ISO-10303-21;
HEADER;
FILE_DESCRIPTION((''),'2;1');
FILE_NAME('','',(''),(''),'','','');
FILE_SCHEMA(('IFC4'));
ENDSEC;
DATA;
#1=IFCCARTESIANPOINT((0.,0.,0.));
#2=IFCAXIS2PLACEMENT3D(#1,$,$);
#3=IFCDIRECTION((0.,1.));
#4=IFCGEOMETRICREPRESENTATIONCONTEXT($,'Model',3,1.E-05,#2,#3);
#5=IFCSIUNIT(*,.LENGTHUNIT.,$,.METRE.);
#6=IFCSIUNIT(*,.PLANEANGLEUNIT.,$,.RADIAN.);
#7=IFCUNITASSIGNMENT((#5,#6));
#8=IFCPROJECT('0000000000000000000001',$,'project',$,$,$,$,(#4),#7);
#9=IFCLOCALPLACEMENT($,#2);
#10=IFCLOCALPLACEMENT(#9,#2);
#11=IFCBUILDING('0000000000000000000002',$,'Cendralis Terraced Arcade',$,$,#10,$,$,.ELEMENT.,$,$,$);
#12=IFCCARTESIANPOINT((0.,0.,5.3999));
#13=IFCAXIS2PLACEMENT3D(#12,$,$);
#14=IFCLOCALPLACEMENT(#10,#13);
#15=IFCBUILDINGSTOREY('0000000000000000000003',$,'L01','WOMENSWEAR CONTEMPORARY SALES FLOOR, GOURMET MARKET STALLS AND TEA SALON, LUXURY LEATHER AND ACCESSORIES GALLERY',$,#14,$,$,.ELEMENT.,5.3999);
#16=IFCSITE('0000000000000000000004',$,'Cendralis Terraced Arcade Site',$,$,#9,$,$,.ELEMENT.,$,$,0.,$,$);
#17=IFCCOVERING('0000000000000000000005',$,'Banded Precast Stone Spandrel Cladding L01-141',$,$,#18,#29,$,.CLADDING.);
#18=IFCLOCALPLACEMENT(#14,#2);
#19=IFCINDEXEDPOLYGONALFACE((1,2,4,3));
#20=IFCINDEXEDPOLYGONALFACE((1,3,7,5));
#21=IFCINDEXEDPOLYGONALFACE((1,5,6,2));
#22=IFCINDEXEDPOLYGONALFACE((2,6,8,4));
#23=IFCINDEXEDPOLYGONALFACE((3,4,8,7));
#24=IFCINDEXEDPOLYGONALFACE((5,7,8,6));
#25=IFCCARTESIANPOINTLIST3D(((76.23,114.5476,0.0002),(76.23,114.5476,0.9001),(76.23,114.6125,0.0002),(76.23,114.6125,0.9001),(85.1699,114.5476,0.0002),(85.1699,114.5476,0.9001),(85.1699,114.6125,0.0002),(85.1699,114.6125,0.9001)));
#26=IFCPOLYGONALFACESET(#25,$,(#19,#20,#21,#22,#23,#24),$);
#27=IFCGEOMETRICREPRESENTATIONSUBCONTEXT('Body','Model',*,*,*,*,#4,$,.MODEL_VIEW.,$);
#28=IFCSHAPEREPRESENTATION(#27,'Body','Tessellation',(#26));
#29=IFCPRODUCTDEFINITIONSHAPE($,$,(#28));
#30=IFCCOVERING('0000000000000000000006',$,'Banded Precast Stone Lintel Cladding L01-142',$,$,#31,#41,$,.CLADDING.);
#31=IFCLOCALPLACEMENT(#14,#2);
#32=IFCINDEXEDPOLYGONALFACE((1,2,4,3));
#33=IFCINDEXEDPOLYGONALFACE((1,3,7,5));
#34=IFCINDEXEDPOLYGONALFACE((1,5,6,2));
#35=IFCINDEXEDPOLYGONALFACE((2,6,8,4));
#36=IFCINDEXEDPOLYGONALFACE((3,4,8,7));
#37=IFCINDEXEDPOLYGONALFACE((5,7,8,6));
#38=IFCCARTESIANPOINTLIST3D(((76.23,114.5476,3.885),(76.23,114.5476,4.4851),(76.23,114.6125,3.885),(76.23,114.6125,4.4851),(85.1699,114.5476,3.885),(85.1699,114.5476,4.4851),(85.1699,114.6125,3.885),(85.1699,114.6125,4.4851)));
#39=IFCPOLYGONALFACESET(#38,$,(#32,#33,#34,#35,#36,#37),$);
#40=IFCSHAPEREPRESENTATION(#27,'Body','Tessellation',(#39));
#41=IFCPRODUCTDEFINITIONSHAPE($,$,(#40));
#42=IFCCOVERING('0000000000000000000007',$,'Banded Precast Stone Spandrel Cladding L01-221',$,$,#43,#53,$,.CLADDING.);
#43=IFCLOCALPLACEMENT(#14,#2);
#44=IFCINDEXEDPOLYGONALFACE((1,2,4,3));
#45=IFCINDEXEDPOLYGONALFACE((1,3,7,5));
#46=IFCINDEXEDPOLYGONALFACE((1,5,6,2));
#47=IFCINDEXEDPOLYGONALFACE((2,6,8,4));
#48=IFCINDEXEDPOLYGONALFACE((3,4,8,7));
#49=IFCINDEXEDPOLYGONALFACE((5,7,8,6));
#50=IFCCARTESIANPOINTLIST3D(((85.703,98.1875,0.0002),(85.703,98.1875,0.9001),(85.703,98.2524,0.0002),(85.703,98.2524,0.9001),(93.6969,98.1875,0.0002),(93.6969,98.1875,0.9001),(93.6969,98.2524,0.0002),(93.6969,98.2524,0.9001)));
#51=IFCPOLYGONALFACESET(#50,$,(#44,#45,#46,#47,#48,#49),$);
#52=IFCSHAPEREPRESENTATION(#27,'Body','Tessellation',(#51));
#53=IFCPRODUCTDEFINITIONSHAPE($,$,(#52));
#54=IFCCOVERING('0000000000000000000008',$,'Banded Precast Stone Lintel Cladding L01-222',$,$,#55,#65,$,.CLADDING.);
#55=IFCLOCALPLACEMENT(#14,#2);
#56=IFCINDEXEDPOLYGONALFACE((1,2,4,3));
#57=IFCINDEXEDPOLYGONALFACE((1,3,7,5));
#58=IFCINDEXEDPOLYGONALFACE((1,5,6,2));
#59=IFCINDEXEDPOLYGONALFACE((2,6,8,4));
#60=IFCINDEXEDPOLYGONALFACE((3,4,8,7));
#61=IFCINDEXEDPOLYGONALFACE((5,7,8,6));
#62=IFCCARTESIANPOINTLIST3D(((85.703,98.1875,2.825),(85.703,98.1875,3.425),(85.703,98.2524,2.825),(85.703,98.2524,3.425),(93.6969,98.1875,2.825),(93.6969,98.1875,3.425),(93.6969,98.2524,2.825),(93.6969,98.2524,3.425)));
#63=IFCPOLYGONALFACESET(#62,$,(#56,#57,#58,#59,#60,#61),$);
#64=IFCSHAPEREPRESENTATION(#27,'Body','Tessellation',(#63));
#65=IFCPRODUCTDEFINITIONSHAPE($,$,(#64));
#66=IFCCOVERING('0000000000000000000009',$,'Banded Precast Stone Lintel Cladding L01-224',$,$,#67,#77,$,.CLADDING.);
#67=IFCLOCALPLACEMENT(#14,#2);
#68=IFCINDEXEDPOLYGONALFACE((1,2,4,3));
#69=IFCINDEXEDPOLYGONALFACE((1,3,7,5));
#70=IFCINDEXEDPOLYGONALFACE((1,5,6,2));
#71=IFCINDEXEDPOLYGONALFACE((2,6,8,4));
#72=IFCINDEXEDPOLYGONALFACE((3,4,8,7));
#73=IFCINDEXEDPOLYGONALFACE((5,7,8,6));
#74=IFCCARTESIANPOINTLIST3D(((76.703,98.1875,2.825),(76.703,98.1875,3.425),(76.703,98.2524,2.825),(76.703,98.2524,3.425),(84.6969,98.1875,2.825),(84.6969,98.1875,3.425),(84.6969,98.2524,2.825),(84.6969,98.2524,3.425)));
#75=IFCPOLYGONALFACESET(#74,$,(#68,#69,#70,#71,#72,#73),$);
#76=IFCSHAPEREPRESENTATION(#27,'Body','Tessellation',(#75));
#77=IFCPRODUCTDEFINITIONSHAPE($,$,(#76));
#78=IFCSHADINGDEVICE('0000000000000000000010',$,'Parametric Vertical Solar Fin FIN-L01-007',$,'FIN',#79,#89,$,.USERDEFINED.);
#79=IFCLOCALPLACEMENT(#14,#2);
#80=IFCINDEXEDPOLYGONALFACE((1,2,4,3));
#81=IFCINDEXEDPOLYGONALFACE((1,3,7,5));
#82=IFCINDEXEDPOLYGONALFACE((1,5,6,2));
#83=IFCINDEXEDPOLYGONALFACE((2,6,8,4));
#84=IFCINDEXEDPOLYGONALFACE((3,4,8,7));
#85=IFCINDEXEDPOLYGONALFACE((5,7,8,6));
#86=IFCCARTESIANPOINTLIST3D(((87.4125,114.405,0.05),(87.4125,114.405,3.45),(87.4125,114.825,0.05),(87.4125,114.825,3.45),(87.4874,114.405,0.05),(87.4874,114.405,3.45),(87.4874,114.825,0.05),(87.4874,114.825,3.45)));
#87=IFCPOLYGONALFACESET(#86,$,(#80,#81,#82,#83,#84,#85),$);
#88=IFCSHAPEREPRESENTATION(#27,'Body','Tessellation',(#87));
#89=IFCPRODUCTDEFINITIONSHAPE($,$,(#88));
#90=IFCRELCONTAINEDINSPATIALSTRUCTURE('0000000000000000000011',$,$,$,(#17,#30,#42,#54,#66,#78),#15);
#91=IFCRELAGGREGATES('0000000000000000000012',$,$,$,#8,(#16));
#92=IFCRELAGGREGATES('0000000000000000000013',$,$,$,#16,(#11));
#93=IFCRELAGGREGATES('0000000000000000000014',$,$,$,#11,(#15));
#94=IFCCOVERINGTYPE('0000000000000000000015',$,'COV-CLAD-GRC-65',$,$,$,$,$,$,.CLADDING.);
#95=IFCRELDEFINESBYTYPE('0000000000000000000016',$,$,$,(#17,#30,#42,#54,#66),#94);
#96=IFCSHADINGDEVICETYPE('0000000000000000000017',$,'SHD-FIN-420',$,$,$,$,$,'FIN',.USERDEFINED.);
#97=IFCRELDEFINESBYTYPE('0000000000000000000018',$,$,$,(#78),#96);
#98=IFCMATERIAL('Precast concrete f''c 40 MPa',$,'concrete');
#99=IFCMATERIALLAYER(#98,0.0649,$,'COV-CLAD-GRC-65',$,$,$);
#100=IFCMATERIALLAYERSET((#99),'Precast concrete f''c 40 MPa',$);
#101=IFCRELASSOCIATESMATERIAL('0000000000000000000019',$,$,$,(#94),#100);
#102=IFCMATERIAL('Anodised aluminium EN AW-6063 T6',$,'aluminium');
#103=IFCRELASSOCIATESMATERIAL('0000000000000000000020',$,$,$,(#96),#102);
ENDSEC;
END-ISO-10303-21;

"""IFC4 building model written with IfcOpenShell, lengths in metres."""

from ifc_helpers import new_model, si_unit, direction, frame, origin, origin_2d, place, context, subcontext, project, spatial, rectangle, extrude, material, layer, layer_set, type_object, element, save


model = new_model("IFC4")

# Units and contexts
model_context = context("Model", 3, precision=1e-05, world=origin(), true_north=direction((0.0, 1.0)))
body_context = subcontext(model_context, "Body", "Model", "MODEL_VIEW")
ifc_project = project(units=[si_unit("LENGTHUNIT", "METRE"), si_unit("PLANEANGLEUNIT", "RADIAN")], contexts=[model_context])

# Site, building, storey
site_placement = place(None, origin())
site = spatial("IfcSite", under=ifc_project, at=site_placement, Name="Cendralis Terraced Arcade Site", CompositionType="ELEMENT", RefElevation=0.0)
building_placement = place(site_placement, origin())
building = spatial("IfcBuilding", under=site, at=building_placement, Name="Cendralis Terraced Arcade", CompositionType="ELEMENT")
storey_placement = place(building_placement, frame((0.0, 0.0, 5.3999)))
storey = spatial("IfcBuildingStorey", under=building, at=storey_placement, Name="L01", Description="WOMENSWEAR CONTEMPORARY SALES FLOOR, GOURMET MARKET STALLS AND TEA SALON, LUXURY LEATHER AND ACCESSORIES GALLERY", CompositionType="ELEMENT", Elevation=5.3999)

# Shared definitions
ifc_material_1 = material(Name="Anodised aluminium EN AW-6063 T6", Category="aluminium")

# Shared definitions
ifc_material_2 = material(Name="Precast concrete f'c 40 MPa", Category="concrete")

# Coverings
ifc_layer_1 = layer(ifc_material_2, 0.0649, Name="COV-CLAD-GRC-65")
ifc_layer_set_1 = layer_set([ifc_layer_1], Name="Precast concrete f'c 40 MPa")
covering_type = type_object("IfcCoveringType", Name="COV-CLAD-GRC-65", PredefinedType="CLADDING", material=ifc_layer_set_1)
covering_1_placement = place(storey_placement, frame((80.7, 114.5801, 0.0002), z_axis=(0.0, 0.0, 1.0), x_axis=(1.0, 0.0, 0.0)))
element("IfcCovering", 1, at=covering_1_placement, inside=storey, type_object=covering_type, Name="Banded Precast Stone Spandrel Cladding L01-141", PredefinedType="CLADDING", context=body_context, shape_type="SweptSolid", body=[
    extrude(rectangle(XDim=8.9399, YDim=0.0649, at=origin_2d()), origin(), (0.0, 0.0, 1.0), 0.8999),
])
covering_2_placement = place(storey_placement, frame((80.7, 114.5801, 3.885), z_axis=(0.0, 0.0, 1.0), x_axis=(1.0, 0.0, 0.0)))
element("IfcCovering", 2, at=covering_2_placement, inside=storey, type_object=covering_type, Name="Banded Precast Stone Lintel Cladding L01-142", PredefinedType="CLADDING", context=body_context, shape_type="SweptSolid", body=[
    extrude(rectangle(XDim=8.9399, YDim=0.0649, at=origin_2d()), origin(), (0.0, 0.0, 1.0), 0.6001),
])
covering_3_placement = place(storey_placement, frame((89.7, 98.22, 0.0002), z_axis=(0.0, 0.0, 1.0), x_axis=(-1.0, 0.0, 0.0)))
element("IfcCovering", 3, at=covering_3_placement, inside=storey, type_object=covering_type, Name="Banded Precast Stone Spandrel Cladding L01-221", PredefinedType="CLADDING", context=body_context, shape_type="SweptSolid", body=[
    extrude(rectangle(XDim=7.9939, YDim=0.0649, at=origin_2d()), origin(), (0.0, 0.0, 1.0), 0.8999),
])
for number, where, z_axis, x_axis, name in (
    (4, (89.7, 98.22, 2.825), (0.0, 0.0, 1.0), (-1.0, 0.0, 0.0), "Banded Precast Stone Lintel Cladding L01-222"),
    (5, (80.7, 98.22, 2.825), (0.0, 0.0, 1.0), (-1.0, 0.0, 0.0), "Banded Precast Stone Lintel Cladding L01-224"),
):
    element("IfcCovering", number, at=place(storey_placement, frame(where, z_axis=z_axis, x_axis=x_axis)), inside=storey, type_object=covering_type, Name=name, PredefinedType="CLADDING", context=body_context, shape_type="SweptSolid", body=[
        extrude(rectangle(XDim=7.9939, YDim=0.0649, at=origin_2d()), origin(), (0.0, 0.0, 1.0), 0.6001),
    ])

# Shading device
shading_device_type = type_object("IfcShadingDeviceType", Name="SHD-FIN-420", ElementType="FIN", PredefinedType="USERDEFINED", material=ifc_material_1)
shading_device_placement = place(storey_placement, frame((87.45, 114.615, 0.05), z_axis=(0.0, 0.0, 1.0), x_axis=(1.0, 0.0, 0.0)))
element("IfcShadingDevice", 6, at=shading_device_placement, inside=storey, type_object=shading_device_type, Name="Parametric Vertical Solar Fin FIN-L01-007", ObjectType="FIN", PredefinedType="USERDEFINED", context=body_context, shape_type="SweptSolid", body=[
    extrude(rectangle(XDim=0.075, YDim=0.4199, at=origin_2d()), origin(), (0.0, 0.0, 1.0), 3.3999),
])

save(model, "model.ifc")
